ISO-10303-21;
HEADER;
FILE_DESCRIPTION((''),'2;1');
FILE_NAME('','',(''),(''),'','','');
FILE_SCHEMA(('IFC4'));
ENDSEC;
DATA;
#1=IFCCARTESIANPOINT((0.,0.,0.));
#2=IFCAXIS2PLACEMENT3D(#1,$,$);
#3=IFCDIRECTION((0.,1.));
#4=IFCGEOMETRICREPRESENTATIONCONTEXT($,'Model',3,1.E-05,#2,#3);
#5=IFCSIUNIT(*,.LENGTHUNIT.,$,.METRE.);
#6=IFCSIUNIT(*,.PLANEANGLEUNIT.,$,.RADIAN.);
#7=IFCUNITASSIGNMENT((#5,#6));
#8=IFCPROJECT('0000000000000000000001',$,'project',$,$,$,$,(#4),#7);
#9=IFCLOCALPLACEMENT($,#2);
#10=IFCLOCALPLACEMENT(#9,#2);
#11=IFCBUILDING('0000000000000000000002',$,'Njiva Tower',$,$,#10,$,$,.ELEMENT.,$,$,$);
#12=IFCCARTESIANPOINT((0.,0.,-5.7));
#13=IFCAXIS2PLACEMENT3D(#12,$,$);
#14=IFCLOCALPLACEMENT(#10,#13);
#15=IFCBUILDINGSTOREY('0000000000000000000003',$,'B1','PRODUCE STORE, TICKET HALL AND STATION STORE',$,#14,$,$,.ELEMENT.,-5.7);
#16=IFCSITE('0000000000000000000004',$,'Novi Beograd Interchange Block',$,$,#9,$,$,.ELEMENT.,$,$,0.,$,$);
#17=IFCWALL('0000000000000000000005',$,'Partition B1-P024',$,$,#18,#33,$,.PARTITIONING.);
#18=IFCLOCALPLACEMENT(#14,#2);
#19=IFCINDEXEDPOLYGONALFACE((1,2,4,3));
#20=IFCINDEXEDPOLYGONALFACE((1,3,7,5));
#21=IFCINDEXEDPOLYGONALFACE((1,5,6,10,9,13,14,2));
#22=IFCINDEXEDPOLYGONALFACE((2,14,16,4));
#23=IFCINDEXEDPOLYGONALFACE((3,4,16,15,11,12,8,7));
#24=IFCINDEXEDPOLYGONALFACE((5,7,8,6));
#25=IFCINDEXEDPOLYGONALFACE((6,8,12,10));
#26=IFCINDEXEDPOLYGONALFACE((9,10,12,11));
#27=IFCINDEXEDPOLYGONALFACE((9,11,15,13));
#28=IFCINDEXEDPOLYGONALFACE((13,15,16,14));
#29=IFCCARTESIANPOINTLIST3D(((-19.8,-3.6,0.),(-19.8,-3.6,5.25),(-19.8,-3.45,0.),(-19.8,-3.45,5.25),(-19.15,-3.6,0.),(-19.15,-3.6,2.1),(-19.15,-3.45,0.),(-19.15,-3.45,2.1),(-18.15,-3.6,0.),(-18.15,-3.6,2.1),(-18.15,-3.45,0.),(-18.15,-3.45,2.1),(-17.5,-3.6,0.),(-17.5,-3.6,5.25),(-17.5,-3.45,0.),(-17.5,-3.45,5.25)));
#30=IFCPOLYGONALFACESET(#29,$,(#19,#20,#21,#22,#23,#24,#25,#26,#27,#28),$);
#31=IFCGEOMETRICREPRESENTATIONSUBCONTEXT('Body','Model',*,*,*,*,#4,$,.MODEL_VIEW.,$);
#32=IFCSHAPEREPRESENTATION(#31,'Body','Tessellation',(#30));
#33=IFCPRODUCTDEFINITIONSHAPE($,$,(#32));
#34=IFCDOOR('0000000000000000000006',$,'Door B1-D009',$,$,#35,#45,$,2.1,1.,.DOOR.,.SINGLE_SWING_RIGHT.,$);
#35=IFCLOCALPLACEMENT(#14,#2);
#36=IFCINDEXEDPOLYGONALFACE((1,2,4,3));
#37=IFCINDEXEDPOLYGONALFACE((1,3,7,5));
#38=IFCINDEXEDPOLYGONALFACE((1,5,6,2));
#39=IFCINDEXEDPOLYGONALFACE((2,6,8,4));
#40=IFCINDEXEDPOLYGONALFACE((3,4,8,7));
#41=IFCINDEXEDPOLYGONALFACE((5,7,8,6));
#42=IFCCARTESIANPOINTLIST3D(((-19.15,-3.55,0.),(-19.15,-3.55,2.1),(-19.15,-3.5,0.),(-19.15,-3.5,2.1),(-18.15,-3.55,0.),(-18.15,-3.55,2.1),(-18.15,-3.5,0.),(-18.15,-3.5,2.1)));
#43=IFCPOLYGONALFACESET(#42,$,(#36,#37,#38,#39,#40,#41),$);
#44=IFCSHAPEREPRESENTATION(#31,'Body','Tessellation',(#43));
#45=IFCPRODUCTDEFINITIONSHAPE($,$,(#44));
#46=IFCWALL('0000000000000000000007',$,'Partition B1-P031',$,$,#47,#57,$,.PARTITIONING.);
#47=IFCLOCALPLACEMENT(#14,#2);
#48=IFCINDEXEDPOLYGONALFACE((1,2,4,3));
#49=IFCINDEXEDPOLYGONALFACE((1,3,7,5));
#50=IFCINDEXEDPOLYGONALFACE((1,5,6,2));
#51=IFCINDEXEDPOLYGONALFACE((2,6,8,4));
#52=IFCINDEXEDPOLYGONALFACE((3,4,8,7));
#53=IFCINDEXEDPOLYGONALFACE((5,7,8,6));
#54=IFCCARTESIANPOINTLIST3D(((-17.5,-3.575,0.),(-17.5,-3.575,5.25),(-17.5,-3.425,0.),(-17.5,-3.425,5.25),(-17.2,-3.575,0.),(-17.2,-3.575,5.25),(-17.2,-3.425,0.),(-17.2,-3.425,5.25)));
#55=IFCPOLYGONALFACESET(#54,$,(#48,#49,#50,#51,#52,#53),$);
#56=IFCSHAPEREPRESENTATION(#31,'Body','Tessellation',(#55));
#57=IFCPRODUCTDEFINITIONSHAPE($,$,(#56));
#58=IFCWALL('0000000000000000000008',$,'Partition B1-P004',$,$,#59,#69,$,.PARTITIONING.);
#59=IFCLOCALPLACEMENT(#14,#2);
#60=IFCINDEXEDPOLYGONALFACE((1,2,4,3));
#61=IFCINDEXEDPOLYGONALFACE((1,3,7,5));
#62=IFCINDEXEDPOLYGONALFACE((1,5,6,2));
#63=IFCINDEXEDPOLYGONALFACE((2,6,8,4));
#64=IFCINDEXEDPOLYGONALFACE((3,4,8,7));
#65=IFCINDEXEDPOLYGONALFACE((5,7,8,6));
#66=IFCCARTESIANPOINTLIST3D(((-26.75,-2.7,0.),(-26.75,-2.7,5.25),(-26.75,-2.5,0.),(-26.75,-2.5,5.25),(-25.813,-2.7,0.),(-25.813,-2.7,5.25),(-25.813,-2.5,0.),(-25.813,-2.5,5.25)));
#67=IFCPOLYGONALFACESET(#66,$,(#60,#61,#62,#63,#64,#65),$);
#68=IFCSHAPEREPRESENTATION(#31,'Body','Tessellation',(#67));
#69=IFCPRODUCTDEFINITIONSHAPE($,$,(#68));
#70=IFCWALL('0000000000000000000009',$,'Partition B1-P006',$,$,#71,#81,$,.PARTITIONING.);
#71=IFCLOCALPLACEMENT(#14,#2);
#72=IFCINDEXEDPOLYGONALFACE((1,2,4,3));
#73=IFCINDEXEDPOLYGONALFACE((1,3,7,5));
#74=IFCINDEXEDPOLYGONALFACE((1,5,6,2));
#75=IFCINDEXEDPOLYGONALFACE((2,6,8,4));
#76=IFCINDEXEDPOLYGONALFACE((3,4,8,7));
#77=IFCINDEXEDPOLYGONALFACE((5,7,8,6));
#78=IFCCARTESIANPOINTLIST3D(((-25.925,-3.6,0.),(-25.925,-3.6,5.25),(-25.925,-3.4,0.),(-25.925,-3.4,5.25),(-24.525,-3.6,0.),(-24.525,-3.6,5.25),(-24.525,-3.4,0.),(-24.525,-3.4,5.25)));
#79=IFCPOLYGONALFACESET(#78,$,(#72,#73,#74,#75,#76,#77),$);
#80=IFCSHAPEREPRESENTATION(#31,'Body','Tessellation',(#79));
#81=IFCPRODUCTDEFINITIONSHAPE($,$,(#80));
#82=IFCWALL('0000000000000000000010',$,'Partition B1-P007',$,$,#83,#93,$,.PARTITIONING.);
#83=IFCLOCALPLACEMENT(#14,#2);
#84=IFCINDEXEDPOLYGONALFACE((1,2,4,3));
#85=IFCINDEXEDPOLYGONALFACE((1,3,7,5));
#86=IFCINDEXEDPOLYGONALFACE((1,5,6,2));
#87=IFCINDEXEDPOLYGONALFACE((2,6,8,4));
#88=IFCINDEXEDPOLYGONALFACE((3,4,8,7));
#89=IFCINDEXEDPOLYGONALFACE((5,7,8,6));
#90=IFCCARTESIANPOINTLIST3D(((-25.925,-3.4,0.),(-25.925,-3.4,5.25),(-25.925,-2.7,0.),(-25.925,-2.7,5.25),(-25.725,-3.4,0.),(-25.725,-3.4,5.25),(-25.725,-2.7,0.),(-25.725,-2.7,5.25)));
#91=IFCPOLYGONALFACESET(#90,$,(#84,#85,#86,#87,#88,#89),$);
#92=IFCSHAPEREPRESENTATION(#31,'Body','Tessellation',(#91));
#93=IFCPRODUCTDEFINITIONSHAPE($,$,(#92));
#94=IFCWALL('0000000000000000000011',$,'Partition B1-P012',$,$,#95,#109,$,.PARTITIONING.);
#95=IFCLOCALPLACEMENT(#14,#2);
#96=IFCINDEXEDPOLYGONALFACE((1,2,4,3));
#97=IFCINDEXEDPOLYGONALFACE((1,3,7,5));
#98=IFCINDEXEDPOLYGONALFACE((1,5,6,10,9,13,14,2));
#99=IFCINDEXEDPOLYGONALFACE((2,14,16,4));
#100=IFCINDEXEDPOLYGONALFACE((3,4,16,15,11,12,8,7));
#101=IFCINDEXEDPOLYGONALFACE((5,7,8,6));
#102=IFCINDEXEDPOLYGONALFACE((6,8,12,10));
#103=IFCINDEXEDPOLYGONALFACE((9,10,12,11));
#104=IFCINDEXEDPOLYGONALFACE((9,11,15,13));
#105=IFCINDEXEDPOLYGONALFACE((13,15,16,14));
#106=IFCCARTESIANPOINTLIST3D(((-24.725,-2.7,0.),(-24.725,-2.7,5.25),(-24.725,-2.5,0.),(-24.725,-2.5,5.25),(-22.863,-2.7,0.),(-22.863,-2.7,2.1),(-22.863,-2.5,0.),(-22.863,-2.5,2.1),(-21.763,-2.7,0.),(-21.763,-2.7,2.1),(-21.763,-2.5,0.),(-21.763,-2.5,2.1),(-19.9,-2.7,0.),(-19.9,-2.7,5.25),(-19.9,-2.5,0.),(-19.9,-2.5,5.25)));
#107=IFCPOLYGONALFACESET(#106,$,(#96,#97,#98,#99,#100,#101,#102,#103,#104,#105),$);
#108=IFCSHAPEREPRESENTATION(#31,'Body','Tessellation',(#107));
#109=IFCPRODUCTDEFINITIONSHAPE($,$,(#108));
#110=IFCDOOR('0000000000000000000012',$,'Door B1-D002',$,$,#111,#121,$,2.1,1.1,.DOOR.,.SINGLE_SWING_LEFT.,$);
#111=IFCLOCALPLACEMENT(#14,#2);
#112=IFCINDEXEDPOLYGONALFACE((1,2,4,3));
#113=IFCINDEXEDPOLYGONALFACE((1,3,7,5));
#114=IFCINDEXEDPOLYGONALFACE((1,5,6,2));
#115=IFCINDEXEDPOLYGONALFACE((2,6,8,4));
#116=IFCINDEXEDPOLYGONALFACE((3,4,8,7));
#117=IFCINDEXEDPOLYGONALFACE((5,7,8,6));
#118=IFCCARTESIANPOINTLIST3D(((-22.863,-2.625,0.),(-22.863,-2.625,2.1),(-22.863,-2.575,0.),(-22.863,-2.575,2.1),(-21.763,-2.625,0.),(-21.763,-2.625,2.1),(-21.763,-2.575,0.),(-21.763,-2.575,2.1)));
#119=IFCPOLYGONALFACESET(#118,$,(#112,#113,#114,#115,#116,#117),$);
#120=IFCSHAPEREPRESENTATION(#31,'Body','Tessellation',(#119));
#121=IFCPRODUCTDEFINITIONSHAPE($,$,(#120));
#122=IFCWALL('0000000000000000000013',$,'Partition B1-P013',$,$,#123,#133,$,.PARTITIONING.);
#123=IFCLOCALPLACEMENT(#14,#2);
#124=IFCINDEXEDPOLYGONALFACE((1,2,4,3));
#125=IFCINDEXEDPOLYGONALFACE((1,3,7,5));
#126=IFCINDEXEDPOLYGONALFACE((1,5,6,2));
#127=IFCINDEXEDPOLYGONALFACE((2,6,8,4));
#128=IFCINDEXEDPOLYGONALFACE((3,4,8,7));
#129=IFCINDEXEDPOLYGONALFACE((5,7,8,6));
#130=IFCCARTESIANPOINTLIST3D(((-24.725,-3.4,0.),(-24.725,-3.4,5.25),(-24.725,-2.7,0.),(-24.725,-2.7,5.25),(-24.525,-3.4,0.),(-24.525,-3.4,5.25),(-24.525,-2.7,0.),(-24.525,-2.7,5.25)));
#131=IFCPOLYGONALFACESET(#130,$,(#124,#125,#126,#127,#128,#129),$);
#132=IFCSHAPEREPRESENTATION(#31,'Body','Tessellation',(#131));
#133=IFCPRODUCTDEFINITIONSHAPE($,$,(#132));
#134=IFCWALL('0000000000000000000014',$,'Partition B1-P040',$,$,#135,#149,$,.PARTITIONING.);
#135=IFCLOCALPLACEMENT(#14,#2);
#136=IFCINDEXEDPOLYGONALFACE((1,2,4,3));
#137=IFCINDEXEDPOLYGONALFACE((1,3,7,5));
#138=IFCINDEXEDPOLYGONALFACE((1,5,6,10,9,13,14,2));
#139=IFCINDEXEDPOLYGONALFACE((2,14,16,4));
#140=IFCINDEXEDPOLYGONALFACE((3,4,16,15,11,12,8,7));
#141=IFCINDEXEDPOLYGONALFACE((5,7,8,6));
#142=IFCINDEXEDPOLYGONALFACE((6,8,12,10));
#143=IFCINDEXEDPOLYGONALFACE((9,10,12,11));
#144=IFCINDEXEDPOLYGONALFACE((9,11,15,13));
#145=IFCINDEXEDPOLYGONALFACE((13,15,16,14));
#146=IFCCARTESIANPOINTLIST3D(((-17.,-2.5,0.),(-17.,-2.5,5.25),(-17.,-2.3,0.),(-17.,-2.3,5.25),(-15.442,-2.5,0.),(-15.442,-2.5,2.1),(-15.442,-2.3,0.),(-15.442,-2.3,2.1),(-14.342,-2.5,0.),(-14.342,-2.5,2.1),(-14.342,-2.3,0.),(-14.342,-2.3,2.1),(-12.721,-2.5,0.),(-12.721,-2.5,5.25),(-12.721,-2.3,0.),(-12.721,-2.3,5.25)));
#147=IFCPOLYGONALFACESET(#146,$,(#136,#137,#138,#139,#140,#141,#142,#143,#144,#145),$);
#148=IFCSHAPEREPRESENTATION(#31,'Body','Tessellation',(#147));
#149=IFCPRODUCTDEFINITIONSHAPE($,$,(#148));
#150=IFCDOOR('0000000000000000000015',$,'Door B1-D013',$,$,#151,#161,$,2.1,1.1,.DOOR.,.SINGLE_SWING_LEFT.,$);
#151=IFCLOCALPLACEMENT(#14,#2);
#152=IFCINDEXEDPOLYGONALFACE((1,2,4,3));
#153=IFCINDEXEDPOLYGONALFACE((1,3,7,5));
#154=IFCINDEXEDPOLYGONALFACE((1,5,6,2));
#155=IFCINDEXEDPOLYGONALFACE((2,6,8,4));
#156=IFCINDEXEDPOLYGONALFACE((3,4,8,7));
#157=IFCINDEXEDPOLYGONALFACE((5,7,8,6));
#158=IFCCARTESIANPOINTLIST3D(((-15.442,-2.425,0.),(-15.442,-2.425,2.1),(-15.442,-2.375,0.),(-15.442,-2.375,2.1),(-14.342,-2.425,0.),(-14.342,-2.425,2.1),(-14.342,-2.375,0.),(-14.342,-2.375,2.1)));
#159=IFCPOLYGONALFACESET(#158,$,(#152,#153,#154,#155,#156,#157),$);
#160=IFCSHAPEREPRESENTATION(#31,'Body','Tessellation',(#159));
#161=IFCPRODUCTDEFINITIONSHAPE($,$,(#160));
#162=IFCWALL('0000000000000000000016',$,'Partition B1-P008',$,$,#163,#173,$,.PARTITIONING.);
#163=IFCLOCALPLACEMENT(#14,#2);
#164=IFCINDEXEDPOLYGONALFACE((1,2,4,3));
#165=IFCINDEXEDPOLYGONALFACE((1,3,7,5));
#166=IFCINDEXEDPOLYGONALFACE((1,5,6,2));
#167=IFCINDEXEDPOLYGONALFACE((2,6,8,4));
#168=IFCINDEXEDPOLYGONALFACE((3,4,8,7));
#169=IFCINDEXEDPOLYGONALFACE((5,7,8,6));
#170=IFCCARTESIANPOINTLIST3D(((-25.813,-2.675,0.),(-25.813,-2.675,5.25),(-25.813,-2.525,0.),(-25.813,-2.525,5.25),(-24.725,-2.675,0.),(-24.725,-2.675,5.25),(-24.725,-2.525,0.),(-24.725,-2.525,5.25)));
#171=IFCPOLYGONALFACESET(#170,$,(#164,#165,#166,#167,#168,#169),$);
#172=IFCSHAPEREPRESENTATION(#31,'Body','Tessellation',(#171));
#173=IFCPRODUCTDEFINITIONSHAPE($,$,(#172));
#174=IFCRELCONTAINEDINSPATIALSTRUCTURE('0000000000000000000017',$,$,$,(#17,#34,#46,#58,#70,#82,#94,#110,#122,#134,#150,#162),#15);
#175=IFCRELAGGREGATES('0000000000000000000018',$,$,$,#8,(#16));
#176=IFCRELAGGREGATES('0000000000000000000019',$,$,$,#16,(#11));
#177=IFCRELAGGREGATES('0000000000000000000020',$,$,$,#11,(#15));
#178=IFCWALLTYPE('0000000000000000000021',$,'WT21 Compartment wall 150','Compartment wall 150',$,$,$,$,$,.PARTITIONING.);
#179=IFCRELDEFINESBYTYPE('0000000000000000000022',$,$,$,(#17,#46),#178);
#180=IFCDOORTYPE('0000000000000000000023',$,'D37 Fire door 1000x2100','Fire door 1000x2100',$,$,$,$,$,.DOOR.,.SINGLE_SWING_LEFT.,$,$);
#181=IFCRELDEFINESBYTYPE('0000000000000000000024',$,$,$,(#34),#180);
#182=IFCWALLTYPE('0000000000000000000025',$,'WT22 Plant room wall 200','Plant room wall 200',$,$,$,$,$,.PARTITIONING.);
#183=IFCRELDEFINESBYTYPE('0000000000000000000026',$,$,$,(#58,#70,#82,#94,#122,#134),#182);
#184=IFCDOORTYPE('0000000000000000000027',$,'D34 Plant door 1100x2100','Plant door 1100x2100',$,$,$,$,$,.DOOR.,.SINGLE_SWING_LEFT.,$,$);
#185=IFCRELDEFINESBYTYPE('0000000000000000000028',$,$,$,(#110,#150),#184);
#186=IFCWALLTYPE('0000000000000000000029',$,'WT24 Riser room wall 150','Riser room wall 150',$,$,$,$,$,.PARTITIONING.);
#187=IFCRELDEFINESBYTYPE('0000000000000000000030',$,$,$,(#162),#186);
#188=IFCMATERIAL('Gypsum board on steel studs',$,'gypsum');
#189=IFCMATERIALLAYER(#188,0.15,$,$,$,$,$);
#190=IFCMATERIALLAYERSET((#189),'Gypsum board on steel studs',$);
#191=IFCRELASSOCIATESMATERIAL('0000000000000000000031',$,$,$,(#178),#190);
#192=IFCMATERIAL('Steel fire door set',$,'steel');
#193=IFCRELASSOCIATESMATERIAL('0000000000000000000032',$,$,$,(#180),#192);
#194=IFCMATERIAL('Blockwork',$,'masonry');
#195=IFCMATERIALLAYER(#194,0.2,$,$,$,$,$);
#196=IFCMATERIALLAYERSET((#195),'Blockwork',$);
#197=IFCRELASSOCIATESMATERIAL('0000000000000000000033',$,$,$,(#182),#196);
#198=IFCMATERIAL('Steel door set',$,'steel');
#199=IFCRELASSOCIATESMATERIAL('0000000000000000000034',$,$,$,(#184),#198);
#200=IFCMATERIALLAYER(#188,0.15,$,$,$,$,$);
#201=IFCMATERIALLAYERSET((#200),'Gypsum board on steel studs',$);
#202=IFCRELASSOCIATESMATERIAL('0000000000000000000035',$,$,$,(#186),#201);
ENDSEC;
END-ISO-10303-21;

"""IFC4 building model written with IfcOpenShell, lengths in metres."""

from ifc_helpers import new_model, si_unit, direction, frame, frame_2d, origin, place, context, subcontext, project, spatial, rectangle, extrude, material, layer, layer_set, type_object, element, fill, save


model = new_model("IFC4")

# Units and contexts
model_context = context("Model", 3, precision=1e-05, world=origin(), true_north=direction((0.0, 1.0)))
body_context = subcontext(model_context, "Body", "Model", "MODEL_VIEW")
ifc_project = project(units=[si_unit("LENGTHUNIT", "METRE"), si_unit("PLANEANGLEUNIT", "RADIAN")], contexts=[model_context])

# Site, building, storey
site_placement = place(None, origin())
site = spatial("IfcSite", under=ifc_project, at=site_placement, Name="Novi Beograd Interchange Block", CompositionType="ELEMENT", RefElevation=0.0)
building_placement = place(site_placement, origin())
building = spatial("IfcBuilding", under=site, at=building_placement, Name="Njiva Tower", CompositionType="ELEMENT")
storey_placement = place(building_placement, frame((0.0, 0.0, -5.7)))
storey = spatial("IfcBuildingStorey", under=building, at=storey_placement, Name="B1", Description="PRODUCE STORE, TICKET HALL AND STATION STORE", CompositionType="ELEMENT", Elevation=-5.7)

# Shared definitions
ifc_material_1 = material(Name="Gypsum board on steel studs", Category="gypsum")
ifc_layer_1 = layer(ifc_material_1, 0.15)
ifc_layer_set_1 = layer_set([ifc_layer_1], Name="Gypsum board on steel studs")
wall_type_1 = type_object("IfcWallType", Name="WT21 Compartment wall 150", Description="Compartment wall 150", PredefinedType="PARTITIONING", material=ifc_layer_set_1)
ifc_material_2 = material(Name="Steel fire door set", Category="steel")
door_type_1 = type_object("IfcDoorType", Name="D37 Fire door 1000x2100", Description="Fire door 1000x2100", OperationType="SINGLE_SWING_LEFT", PredefinedType="DOOR", material=ifc_material_2)

# Wall, opening, door
wall_1_placement = place(storey_placement, frame((-19.8, -3.525, 0.0), z_axis=(0.0, 0.0, 1.0), x_axis=(1.0, 0.0, 0.0)))
wall_1 = element("IfcWall", 1, at=wall_1_placement, inside=storey, type_object=wall_type_1, Name="Partition B1-P024", PredefinedType="PARTITIONING", context=body_context, shape_type="SweptSolid", body=[
    extrude(rectangle(XDim=2.3, YDim=0.15, at=frame_2d((1.15, 0.0))), origin(), (0.0, 0.0, 1.0), 5.25),
])
opening_1_placement = place(wall_1_placement, frame((0.65, 0.0, 0.0)))
opening_1 = element("IfcOpeningElement", 2, at=opening_1_placement, cuts=wall_1, PredefinedType="OPENING", context=body_context, shape_type="SweptSolid", body=[
    extrude(rectangle(XDim=1.0, YDim=2.1, at=frame_2d((0.5, 1.05))), frame((0.0, 0.085, 0.0), z_axis=(0.0, -1.0, 0.0), x_axis=(1.0, 0.0, 0.0)), (0.0, 0.0, 1.0), 0.17),
])
door_1_placement = place(opening_1_placement, origin())
door_1 = element("IfcDoor", 3, at=door_1_placement, inside=storey, type_object=door_type_1, Name="Door B1-D009", OperationType="SINGLE_SWING_RIGHT", OverallHeight=2.1, OverallWidth=1.0, PredefinedType="DOOR", context=body_context, shape_type="SweptSolid", body=[
    extrude(rectangle(XDim=1.0, YDim=2.1, at=frame_2d((0.5, 1.05))), frame((0.0, 0.025, 0.0), z_axis=(0.0, -1.0, 0.0), x_axis=(1.0, 0.0, 0.0)), (0.0, 0.0, 1.0), 0.05),
])
fill(opening_1, door_1)

# Walls
wall_2_placement = place(storey_placement, frame((-17.5, -3.5, 0.0), z_axis=(0.0, 0.0, 1.0), x_axis=(1.0, 0.0, 0.0)))
element("IfcWall", 4, at=wall_2_placement, inside=storey, type_object=wall_type_1, Name="Partition B1-P031", PredefinedType="PARTITIONING", context=body_context, shape_type="SweptSolid", body=[
    extrude(rectangle(XDim=0.3, YDim=0.15, at=frame_2d((0.15, 0.0))), origin(), (0.0, 0.0, 1.0), 5.25),
])
ifc_material_3 = material(Name="Blockwork", Category="masonry")
ifc_layer_2 = layer(ifc_material_3, 0.2)
ifc_layer_set_2 = layer_set([ifc_layer_2], Name="Blockwork")
wall_type_2 = type_object("IfcWallType", Name="WT22 Plant room wall 200", Description="Plant room wall 200", PredefinedType="PARTITIONING", material=ifc_layer_set_2)
wall_3_placement = place(storey_placement, frame((-26.75, -2.6, 0.0), z_axis=(0.0, 0.0, 1.0), x_axis=(1.0, 0.0, 0.0)))
element("IfcWall", 5, at=wall_3_placement, inside=storey, type_object=wall_type_2, Name="Partition B1-P004", PredefinedType="PARTITIONING", context=body_context, shape_type="SweptSolid", body=[
    extrude(rectangle(XDim=0.937, YDim=0.2, at=frame_2d((0.4685, 0.0))), origin(), (0.0, 0.0, 1.0), 5.25),
])
wall_4_placement = place(storey_placement, frame((-25.925, -3.5, 0.0), z_axis=(0.0, 0.0, 1.0), x_axis=(1.0, 0.0, 0.0)))
element("IfcWall", 6, at=wall_4_placement, inside=storey, type_object=wall_type_2, Name="Partition B1-P006", PredefinedType="PARTITIONING", context=body_context, shape_type="SweptSolid", body=[
    extrude(rectangle(XDim=1.4, YDim=0.2, at=frame_2d((0.7, 0.0))), origin(), (0.0, 0.0, 1.0), 5.25),
])
wall_5_placement = place(storey_placement, frame((-25.825, -3.4, 0.0), z_axis=(0.0, 0.0, 1.0), x_axis=(0.0, 1.0, 0.0)))
element("IfcWall", 7, at=wall_5_placement, inside=storey, type_object=wall_type_2, Name="Partition B1-P007", PredefinedType="PARTITIONING", context=body_context, shape_type="SweptSolid", body=[
    extrude(rectangle(XDim=0.7, YDim=0.2, at=frame_2d((0.35, 0.0))), origin(), (0.0, 0.0, 1.0), 5.25),
])

# Wall, opening, door
wall_6_placement = place(storey_placement, frame((-24.725, -2.6, 0.0), z_axis=(0.0, 0.0, 1.0), x_axis=(1.0, 0.0, 0.0)))
wall_6 = element("IfcWall", 8, at=wall_6_placement, inside=storey, type_object=wall_type_2, Name="Partition B1-P012", PredefinedType="PARTITIONING", context=body_context, shape_type="SweptSolid", body=[
    extrude(rectangle(XDim=4.825, YDim=0.2, at=frame_2d((2.4125, 0.0))), origin(), (0.0, 0.0, 1.0), 5.25),
])
opening_2_placement = place(wall_6_placement, frame((1.862, 0.0, 0.0)))
opening_2 = element("IfcOpeningElement", 9, at=opening_2_placement, cuts=wall_6, PredefinedType="OPENING", context=body_context, shape_type="SweptSolid", body=[
    extrude(rectangle(XDim=1.1, YDim=2.1, at=frame_2d((0.55, 1.05))), frame((0.0, 0.11, 0.0), z_axis=(0.0, -1.0, 0.0), x_axis=(1.0, 0.0, 0.0)), (0.0, 0.0, 1.0), 0.22),
])
ifc_material_4 = material(Name="Steel door set", Category="steel")
door_type_2 = type_object("IfcDoorType", Name="D34 Plant door 1100x2100", Description="Plant door 1100x2100", OperationType="SINGLE_SWING_LEFT", PredefinedType="DOOR", material=ifc_material_4)
door_2_placement = place(opening_2_placement, origin())
door_2 = element("IfcDoor", 10, at=door_2_placement, inside=storey, type_object=door_type_2, Name="Door B1-D002", OperationType="SINGLE_SWING_LEFT", OverallHeight=2.1, OverallWidth=1.1, PredefinedType="DOOR", context=body_context, shape_type="SweptSolid", body=[
    extrude(rectangle(XDim=1.1, YDim=2.1, at=frame_2d((0.55, 1.05))), frame((0.0, 0.025, 0.0), z_axis=(0.0, -1.0, 0.0), x_axis=(1.0, 0.0, 0.0)), (0.0, 0.0, 1.0), 0.05),
])
fill(opening_2, door_2)

# Wall
wall_7_placement = place(storey_placement, frame((-24.625, -3.4, 0.0), z_axis=(0.0, 0.0, 1.0), x_axis=(0.0, 1.0, 0.0)))
element("IfcWall", 11, at=wall_7_placement, inside=storey, type_object=wall_type_2, Name="Partition B1-P013", PredefinedType="PARTITIONING", context=body_context, shape_type="SweptSolid", body=[
    extrude(rectangle(XDim=0.7, YDim=0.2, at=frame_2d((0.35, 0.0))), origin(), (0.0, 0.0, 1.0), 5.25),
])

# Wall, opening, door
wall_8_placement = place(storey_placement, frame((-17.0, -2.4, 0.0), z_axis=(0.0, 0.0, 1.0), x_axis=(1.0, 0.0, 0.0)))
wall_8 = element("IfcWall", 12, at=wall_8_placement, inside=storey, type_object=wall_type_2, Name="Partition B1-P040", PredefinedType="PARTITIONING", context=body_context, shape_type="SweptSolid", body=[
    extrude(rectangle(XDim=4.279, YDim=0.2, at=frame_2d((2.1395, 0.0))), origin(), (0.0, 0.0, 1.0), 5.25),
])
opening_3_placement = place(wall_8_placement, frame((1.558, 0.0, 0.0)))
opening_3 = element("IfcOpeningElement", 13, at=opening_3_placement, cuts=wall_8, PredefinedType="OPENING", context=body_context, shape_type="SweptSolid", body=[
    extrude(rectangle(XDim=1.1, YDim=2.1, at=frame_2d((0.55, 1.05))), frame((0.0, 0.11, 0.0), z_axis=(0.0, -1.0, 0.0), x_axis=(1.0, 0.0, 0.0)), (0.0, 0.0, 1.0), 0.22),
])
door_3_placement = place(opening_3_placement, origin())
door_3 = element("IfcDoor", 14, at=door_3_placement, inside=storey, type_object=door_type_2, Name="Door B1-D013", OperationType="SINGLE_SWING_LEFT", OverallHeight=2.1, OverallWidth=1.1, PredefinedType="DOOR", context=body_context, shape_type="SweptSolid", body=[
    extrude(rectangle(XDim=1.1, YDim=2.1, at=frame_2d((0.55, 1.05))), frame((0.0, 0.025, 0.0), z_axis=(0.0, -1.0, 0.0), x_axis=(1.0, 0.0, 0.0)), (0.0, 0.0, 1.0), 0.05),
])
fill(opening_3, door_3)

# Wall
ifc_layer_3 = layer(ifc_material_1, 0.15)
ifc_layer_set_3 = layer_set([ifc_layer_3], Name="Gypsum board on steel studs")
wall_type_3 = type_object("IfcWallType", Name="WT24 Riser room wall 150", Description="Riser room wall 150", PredefinedType="PARTITIONING", material=ifc_layer_set_3)
wall_9_placement = place(storey_placement, frame((-25.813, -2.6, 0.0), z_axis=(0.0, 0.0, 1.0), x_axis=(1.0, 0.0, 0.0)))
element("IfcWall", 15, at=wall_9_placement, inside=storey, type_object=wall_type_3, Name="Partition B1-P008", PredefinedType="PARTITIONING", context=body_context, shape_type="SweptSolid", body=[
    extrude(rectangle(XDim=1.088, YDim=0.15, at=frame_2d((0.544, 0.0))), origin(), (0.0, 0.0, 1.0), 5.25),
])

save(model, "model.ifc")
